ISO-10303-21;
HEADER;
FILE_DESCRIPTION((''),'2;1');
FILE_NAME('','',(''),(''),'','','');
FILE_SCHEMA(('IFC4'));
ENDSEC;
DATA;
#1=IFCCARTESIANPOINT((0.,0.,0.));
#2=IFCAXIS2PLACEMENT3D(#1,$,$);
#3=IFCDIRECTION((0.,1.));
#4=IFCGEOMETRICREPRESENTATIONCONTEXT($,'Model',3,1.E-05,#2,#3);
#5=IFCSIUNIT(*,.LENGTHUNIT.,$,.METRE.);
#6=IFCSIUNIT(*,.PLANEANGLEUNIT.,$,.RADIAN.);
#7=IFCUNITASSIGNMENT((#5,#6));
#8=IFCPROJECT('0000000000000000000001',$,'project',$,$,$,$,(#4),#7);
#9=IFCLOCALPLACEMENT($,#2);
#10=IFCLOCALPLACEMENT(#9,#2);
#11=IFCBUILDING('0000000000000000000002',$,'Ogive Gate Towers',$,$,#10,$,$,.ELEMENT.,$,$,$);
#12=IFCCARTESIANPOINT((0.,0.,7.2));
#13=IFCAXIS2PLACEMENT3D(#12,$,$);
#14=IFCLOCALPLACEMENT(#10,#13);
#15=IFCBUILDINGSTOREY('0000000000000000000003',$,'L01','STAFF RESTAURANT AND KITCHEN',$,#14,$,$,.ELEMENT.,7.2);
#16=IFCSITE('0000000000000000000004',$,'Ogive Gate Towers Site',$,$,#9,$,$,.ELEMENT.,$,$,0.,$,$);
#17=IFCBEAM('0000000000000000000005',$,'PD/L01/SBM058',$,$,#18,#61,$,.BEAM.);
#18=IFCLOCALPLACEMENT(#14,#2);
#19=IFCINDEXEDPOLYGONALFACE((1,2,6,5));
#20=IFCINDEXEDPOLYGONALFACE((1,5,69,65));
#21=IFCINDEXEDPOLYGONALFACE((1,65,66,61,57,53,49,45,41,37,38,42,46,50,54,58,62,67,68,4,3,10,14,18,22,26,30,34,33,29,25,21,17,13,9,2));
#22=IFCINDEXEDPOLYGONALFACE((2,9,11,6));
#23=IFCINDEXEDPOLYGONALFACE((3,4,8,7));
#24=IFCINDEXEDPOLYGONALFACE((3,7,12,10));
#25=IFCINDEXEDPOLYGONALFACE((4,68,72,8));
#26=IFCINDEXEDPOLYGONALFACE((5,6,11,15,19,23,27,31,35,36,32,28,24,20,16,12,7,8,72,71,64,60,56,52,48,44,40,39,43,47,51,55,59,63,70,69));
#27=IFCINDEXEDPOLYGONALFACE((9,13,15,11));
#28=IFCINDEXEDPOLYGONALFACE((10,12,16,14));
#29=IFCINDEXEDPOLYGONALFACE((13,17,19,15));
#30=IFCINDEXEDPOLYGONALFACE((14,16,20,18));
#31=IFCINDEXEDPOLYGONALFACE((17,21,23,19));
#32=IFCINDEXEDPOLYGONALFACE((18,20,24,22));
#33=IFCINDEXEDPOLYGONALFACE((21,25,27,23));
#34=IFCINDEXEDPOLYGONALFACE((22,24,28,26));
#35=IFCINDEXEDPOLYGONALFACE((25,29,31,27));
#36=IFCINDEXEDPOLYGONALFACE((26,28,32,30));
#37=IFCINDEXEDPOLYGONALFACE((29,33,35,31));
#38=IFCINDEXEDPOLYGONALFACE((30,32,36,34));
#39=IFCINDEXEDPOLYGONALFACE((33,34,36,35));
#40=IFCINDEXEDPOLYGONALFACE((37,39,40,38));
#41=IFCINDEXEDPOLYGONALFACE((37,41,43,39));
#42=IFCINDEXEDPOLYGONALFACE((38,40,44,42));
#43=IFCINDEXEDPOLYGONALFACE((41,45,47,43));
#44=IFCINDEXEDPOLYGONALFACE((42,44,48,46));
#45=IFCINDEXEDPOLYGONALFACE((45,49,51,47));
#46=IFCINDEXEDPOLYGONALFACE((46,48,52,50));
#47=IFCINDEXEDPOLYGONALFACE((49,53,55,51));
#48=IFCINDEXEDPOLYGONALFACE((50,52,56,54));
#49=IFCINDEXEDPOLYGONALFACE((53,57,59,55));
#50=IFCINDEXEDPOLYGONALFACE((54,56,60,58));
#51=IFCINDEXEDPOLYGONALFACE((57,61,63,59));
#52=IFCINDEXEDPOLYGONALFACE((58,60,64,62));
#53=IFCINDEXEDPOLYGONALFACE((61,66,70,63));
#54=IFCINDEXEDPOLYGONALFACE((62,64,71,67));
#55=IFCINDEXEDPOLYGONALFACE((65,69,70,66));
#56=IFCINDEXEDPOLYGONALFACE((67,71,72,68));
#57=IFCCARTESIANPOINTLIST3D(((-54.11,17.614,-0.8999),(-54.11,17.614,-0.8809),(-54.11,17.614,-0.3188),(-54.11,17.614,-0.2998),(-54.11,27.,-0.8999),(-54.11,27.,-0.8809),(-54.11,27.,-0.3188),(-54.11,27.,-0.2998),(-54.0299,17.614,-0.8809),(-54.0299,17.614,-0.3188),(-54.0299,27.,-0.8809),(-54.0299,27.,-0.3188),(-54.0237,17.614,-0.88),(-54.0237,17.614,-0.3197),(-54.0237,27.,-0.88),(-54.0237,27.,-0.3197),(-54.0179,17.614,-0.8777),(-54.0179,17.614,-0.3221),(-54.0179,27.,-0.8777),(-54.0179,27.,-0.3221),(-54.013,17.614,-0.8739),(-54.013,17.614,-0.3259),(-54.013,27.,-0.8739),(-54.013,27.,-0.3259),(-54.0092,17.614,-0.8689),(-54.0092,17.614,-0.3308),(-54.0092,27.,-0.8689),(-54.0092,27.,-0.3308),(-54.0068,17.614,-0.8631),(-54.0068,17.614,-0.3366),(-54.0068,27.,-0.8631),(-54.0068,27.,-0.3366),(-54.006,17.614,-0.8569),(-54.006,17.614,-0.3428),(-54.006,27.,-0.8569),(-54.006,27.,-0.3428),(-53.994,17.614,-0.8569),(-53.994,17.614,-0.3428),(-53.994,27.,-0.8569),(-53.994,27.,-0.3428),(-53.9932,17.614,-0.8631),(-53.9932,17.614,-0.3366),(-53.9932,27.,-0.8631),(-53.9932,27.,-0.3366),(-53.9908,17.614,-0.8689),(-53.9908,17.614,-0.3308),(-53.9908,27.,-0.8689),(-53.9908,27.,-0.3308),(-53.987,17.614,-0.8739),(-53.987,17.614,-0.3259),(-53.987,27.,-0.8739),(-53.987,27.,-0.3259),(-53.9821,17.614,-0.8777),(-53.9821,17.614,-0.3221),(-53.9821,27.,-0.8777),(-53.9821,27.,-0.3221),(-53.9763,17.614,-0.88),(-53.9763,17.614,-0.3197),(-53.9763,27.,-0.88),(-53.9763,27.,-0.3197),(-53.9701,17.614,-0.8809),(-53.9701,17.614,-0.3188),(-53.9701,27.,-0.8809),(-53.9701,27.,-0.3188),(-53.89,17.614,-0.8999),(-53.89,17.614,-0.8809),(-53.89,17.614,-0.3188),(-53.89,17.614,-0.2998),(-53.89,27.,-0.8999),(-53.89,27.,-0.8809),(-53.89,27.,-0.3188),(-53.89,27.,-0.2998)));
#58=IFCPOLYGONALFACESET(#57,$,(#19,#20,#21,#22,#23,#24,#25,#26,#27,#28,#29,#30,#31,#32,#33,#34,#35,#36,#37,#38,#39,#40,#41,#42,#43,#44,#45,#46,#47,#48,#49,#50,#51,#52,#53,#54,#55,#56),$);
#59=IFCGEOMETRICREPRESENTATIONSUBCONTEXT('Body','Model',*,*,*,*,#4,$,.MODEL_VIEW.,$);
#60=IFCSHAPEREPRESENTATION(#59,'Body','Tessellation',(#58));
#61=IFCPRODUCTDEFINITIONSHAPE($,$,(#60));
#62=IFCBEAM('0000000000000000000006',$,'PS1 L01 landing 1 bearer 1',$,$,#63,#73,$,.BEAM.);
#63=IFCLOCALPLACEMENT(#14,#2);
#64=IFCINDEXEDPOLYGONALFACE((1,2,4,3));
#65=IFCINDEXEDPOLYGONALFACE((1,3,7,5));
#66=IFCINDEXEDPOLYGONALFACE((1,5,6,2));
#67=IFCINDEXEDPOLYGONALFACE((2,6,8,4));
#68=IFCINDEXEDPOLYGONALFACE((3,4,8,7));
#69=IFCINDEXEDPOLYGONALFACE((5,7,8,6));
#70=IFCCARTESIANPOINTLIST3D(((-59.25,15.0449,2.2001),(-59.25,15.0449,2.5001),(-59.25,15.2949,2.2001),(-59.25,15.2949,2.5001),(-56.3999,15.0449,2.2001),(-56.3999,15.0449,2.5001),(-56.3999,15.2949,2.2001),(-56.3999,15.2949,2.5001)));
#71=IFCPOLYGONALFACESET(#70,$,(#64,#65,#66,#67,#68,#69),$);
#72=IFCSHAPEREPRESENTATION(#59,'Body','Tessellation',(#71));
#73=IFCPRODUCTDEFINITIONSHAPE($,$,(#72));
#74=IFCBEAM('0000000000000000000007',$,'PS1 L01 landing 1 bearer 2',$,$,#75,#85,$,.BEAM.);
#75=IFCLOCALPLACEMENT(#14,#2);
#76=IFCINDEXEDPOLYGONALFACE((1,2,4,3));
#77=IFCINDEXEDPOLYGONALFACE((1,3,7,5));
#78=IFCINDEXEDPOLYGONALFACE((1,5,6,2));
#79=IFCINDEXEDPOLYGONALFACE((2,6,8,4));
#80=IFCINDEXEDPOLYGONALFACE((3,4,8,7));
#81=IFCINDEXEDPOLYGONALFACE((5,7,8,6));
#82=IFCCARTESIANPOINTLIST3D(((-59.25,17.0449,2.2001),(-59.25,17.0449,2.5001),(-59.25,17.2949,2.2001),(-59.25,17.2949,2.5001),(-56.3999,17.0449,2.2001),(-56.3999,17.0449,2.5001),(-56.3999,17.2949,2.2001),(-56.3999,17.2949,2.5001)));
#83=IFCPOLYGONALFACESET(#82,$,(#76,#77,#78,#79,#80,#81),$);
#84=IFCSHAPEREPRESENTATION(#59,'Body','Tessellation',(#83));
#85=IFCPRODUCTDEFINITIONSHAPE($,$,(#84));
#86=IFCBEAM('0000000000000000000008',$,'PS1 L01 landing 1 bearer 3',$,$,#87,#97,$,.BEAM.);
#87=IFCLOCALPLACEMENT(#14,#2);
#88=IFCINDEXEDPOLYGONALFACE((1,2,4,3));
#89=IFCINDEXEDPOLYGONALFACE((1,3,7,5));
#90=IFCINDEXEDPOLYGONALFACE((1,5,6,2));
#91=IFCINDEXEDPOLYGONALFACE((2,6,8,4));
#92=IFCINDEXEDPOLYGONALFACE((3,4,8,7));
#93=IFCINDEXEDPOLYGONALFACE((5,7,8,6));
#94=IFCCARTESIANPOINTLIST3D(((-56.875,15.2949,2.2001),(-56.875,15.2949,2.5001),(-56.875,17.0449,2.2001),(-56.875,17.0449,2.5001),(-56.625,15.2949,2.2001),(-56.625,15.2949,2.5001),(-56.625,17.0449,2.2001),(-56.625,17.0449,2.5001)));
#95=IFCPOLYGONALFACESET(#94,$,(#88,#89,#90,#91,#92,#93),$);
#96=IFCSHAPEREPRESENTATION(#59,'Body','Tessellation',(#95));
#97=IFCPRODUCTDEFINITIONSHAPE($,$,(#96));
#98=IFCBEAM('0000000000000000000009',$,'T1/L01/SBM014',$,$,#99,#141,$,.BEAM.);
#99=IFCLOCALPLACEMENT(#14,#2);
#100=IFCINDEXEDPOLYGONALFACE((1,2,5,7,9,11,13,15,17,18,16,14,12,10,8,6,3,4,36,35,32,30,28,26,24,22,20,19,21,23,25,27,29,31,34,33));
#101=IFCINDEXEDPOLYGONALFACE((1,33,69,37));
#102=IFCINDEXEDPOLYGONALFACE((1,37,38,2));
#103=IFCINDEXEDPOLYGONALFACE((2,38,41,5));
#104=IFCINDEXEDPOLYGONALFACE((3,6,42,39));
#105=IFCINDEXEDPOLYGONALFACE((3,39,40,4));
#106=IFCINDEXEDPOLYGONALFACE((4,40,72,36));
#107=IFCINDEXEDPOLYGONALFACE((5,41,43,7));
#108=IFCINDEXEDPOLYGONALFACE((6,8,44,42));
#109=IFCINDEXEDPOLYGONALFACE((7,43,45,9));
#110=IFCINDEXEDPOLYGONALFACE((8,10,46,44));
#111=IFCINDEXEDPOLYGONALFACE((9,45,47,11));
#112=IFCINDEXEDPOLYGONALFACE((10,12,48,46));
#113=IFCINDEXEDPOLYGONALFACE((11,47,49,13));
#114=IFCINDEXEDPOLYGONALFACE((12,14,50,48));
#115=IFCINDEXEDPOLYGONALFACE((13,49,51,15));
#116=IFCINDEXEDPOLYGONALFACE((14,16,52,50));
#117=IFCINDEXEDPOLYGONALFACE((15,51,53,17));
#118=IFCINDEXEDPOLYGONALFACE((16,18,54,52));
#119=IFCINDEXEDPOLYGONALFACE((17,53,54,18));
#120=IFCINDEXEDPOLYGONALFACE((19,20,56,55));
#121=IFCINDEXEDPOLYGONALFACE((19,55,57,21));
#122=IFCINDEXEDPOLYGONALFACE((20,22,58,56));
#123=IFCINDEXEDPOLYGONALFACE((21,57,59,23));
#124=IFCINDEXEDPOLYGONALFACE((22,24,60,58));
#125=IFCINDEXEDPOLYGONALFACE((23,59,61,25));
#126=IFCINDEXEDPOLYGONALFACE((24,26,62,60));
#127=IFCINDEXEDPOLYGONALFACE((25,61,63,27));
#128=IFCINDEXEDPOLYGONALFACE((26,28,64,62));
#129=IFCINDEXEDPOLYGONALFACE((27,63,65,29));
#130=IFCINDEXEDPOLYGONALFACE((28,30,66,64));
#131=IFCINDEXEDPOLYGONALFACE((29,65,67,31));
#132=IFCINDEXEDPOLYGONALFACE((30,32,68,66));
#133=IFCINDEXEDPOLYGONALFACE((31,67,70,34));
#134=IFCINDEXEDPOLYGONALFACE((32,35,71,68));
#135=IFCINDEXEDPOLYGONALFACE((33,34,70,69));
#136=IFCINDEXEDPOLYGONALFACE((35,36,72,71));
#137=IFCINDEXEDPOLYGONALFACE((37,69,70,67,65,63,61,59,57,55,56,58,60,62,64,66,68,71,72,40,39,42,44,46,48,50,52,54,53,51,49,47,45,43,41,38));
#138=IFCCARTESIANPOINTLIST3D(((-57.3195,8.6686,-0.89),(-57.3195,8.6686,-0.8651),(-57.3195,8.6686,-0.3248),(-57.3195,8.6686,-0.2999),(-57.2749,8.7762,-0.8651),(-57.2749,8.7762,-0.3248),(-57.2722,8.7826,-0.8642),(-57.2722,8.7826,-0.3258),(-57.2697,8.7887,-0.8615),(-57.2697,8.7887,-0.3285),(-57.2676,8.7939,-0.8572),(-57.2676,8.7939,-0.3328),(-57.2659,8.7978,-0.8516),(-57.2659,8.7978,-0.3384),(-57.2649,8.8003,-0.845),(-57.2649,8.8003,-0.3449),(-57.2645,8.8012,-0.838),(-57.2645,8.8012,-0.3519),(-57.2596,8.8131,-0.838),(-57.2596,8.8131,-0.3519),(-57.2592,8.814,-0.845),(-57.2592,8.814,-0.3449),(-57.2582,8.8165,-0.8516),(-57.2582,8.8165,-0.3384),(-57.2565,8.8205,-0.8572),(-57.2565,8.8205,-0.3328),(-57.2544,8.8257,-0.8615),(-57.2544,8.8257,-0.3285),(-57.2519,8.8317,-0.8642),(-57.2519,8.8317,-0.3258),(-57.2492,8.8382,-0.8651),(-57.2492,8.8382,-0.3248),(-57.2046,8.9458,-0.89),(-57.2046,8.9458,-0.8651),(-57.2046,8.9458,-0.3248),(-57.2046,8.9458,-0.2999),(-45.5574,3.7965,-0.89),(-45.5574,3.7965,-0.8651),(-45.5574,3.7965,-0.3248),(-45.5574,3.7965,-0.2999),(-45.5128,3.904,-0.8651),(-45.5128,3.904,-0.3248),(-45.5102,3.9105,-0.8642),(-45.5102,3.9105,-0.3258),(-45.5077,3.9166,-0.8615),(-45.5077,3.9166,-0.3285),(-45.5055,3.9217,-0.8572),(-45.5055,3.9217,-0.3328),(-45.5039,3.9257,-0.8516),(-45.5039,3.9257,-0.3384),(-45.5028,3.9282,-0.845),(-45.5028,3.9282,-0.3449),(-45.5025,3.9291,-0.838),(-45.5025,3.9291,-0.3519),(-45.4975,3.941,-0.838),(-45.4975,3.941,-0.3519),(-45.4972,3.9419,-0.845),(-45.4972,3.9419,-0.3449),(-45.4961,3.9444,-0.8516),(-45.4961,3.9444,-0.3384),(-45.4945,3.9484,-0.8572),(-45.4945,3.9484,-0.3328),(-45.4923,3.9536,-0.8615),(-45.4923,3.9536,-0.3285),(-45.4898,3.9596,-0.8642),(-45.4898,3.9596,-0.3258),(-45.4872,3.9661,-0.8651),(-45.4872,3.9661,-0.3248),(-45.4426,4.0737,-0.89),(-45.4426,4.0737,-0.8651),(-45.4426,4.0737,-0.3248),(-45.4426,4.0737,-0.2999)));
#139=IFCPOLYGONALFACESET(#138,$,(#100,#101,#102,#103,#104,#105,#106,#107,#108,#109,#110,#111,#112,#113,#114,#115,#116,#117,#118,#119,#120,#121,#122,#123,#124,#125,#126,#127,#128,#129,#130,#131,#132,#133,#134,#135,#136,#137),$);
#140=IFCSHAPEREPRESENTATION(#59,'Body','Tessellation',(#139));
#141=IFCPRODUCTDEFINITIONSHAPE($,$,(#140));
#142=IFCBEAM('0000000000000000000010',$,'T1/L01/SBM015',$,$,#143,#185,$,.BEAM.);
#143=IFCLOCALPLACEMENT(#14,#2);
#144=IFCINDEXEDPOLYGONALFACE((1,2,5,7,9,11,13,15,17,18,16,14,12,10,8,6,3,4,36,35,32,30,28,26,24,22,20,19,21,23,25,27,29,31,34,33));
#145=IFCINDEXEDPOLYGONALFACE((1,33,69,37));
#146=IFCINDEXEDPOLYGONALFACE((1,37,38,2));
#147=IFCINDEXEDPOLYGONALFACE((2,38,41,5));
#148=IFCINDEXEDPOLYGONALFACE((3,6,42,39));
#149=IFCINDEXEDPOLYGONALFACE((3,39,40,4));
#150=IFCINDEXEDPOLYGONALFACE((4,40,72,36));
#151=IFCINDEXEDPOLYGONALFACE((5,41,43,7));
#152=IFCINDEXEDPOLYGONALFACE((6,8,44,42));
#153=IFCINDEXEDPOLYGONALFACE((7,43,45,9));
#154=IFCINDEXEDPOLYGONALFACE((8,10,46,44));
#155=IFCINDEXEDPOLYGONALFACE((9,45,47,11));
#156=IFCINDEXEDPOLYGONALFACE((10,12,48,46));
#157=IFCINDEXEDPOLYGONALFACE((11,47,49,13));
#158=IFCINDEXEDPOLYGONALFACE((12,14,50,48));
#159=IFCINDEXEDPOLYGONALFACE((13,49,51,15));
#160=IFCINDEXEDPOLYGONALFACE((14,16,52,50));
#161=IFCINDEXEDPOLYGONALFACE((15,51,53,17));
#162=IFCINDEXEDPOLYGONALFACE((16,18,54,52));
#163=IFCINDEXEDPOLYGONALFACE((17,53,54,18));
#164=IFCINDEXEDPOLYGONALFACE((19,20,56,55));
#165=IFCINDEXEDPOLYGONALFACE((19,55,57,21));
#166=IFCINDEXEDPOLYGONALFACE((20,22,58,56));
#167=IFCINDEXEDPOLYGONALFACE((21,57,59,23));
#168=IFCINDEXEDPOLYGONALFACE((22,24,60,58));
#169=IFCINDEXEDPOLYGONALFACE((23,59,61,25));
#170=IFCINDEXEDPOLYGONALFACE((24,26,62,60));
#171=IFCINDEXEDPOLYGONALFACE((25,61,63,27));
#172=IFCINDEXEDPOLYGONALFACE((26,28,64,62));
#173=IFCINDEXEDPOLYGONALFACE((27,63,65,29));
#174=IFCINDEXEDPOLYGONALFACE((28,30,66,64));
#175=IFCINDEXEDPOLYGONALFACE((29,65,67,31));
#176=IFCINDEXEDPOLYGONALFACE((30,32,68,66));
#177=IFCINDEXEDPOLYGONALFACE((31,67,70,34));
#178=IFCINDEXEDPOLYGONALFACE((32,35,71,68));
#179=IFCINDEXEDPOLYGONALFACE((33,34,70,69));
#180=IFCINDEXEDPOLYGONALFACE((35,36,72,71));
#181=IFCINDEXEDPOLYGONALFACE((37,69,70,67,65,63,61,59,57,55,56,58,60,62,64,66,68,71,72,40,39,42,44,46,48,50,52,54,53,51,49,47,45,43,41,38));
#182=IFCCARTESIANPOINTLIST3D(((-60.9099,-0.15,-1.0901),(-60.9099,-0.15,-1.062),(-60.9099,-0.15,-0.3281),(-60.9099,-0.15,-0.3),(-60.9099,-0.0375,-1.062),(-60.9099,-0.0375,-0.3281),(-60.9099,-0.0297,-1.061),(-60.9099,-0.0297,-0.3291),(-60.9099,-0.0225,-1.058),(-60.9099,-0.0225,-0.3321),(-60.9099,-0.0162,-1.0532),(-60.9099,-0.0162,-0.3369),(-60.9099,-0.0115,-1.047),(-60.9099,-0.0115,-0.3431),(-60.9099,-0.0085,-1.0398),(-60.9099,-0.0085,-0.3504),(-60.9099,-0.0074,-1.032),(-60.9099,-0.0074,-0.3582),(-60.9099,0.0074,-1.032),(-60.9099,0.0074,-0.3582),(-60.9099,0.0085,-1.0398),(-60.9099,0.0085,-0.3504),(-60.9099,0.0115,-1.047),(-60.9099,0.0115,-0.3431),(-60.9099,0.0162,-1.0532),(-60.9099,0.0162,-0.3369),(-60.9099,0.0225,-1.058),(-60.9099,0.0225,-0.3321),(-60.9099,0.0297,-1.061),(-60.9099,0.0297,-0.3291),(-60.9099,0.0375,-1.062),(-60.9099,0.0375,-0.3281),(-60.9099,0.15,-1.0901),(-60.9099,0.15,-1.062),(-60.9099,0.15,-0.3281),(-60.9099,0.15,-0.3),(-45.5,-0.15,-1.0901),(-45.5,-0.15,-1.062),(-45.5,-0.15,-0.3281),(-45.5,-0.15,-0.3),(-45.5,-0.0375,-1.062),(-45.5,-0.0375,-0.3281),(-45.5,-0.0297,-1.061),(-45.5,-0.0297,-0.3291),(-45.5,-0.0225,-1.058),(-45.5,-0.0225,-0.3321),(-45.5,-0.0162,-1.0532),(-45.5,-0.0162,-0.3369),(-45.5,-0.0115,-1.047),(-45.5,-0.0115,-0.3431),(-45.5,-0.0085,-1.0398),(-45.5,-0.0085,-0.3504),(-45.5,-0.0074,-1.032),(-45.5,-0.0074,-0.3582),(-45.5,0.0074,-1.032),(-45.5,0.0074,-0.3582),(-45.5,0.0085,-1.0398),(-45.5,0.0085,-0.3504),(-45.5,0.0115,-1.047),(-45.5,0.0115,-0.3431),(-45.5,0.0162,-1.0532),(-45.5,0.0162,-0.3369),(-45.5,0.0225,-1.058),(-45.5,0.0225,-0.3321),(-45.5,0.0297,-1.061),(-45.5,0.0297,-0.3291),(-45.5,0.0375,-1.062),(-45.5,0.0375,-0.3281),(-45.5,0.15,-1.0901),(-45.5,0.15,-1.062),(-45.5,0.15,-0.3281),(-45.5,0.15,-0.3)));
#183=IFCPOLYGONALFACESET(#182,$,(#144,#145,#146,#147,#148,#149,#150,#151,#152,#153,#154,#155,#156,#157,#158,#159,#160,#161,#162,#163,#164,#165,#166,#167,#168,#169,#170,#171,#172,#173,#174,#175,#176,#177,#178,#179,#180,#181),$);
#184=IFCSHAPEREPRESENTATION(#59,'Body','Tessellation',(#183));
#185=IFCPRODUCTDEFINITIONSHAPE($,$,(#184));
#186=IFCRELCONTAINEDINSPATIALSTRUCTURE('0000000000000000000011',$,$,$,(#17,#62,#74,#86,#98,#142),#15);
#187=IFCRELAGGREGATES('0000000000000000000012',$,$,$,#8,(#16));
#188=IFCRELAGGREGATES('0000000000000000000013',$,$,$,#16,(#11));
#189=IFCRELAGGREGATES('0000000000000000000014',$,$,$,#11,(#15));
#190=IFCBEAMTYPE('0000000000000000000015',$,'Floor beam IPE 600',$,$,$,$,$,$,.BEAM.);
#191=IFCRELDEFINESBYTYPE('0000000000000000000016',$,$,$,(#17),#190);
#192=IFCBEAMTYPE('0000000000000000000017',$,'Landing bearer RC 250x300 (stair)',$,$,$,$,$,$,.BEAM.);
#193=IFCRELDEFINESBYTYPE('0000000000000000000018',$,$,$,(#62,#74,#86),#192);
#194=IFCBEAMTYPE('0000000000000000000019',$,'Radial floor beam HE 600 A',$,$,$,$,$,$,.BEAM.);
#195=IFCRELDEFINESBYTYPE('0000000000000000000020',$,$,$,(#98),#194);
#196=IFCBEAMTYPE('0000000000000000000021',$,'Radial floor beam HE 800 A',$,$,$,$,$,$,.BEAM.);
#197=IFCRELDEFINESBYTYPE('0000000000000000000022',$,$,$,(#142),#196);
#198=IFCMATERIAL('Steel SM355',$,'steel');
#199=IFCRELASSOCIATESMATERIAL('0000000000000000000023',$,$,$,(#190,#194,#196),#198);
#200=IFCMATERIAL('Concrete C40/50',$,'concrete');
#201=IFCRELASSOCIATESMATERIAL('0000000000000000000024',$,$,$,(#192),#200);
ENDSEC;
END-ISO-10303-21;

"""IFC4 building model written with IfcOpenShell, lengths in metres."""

from ifc_helpers import new_model, si_unit, direction, frame, origin, origin_2d, place, context, subcontext, project, spatial, rectangle, i_section, extrude, material, material_profile, profile_set, type_object, element, save


model = new_model("IFC4")

# Units and contexts
model_context = context("Model", 3, precision=1e-05, world=origin(), true_north=direction((0.0, 1.0)))
body_context = subcontext(model_context, "Body", "Model", "MODEL_VIEW")
ifc_project = project(units=[si_unit("LENGTHUNIT", "METRE"), si_unit("PLANEANGLEUNIT", "RADIAN")], contexts=[model_context])

# Site, building, storey
site_placement = place(None, origin())
site = spatial("IfcSite", under=ifc_project, at=site_placement, Name="Ogive Gate Towers Site", CompositionType="ELEMENT", RefElevation=0.0)
building_placement = place(site_placement, origin())
building = spatial("IfcBuilding", under=site, at=building_placement, Name="Ogive Gate Towers", CompositionType="ELEMENT")
storey_placement = place(building_placement, frame((0.0, 0.0, 7.2)))
storey = spatial("IfcBuildingStorey", under=building, at=storey_placement, Name="L01", Description="STAFF RESTAURANT AND KITCHEN", CompositionType="ELEMENT", Elevation=7.2)

# Beams
ifc_material_1 = material(Name="Steel SM355", Category="steel")
ifc_material_profile_1 = material_profile(ifc_material_1, i_section(OverallWidth=0.22, OverallDepth=0.6001, WebThickness=0.012, FlangeThickness=0.019, FilletRadius=0.0239, at=origin_2d()), Name="IPE 600")
ifc_profile_set_1 = profile_set([ifc_material_profile_1], Name="Steel SM355")
beam_type_1 = type_object("IfcBeamType", Name="Floor beam IPE 600", PredefinedType="BEAM", material=ifc_profile_set_1)
beam_1_placement = place(storey_placement, frame((-54.0, 17.614, -0.5999), z_axis=(0.0, 1.0, 0.0), x_axis=(-1.0, 0.0, 0.0)))
element("IfcBeam", 1, at=beam_1_placement, inside=storey, type_object=beam_type_1, Name="PD/L01/SBM058", PredefinedType="BEAM", context=body_context, shape_type="SweptSolid", body=[
    extrude(i_section(OverallWidth=0.22, OverallDepth=0.6001, WebThickness=0.012, FlangeThickness=0.019, FilletRadius=0.0239, at=origin_2d()), origin(), (0.0, 0.0, 1.0), 9.386),
])
ifc_material_2 = material(Name="Concrete C40/50", Category="concrete")
ifc_material_profile_2 = material_profile(ifc_material_2, rectangle(XDim=0.25, YDim=0.3, at=origin_2d()), Name="RC 250x300")
ifc_profile_set_2 = profile_set([ifc_material_profile_2], Name="Concrete C40/50")
beam_type_2 = type_object("IfcBeamType", Name="Landing bearer RC 250x300 (stair)", PredefinedType="BEAM", material=ifc_profile_set_2)
for number, where, z_axis, x_axis, name in (
    (2, (-56.3999, 15.1699, 2.3501), (-1.0, 0.0, 0.0), (0.0, -1.0, 0.0), "PS1 L01 landing 1 bearer 1"),
    (3, (-56.3999, 17.1699, 2.3501), (-1.0, 0.0, 0.0), (0.0, -1.0, 0.0), "PS1 L01 landing 1 bearer 2"),
):
    element("IfcBeam", number, at=place(storey_placement, frame(where, z_axis=z_axis, x_axis=x_axis)), inside=storey, type_object=beam_type_2, Name=name, PredefinedType="BEAM", context=body_context, shape_type="SweptSolid", body=[
        extrude(rectangle(XDim=0.25, YDim=0.3, at=origin_2d()), origin(), (0.0, 0.0, 1.0), 2.8501),
    ])
beam_2_placement = place(storey_placement, frame((-56.75, 15.2949, 2.3501), z_axis=(0.0, 1.0, 0.0), x_axis=(-1.0, 0.0, 0.0)))
element("IfcBeam", 4, at=beam_2_placement, inside=storey, type_object=beam_type_2, Name="PS1 L01 landing 1 bearer 3", PredefinedType="BEAM", context=body_context, shape_type="SweptSolid", body=[
    extrude(rectangle(XDim=0.25, YDim=0.3, at=origin_2d()), origin(), (0.0, 0.0, 1.0), 1.75),
])
ifc_material_profile_3 = material_profile(ifc_material_1, i_section(OverallWidth=0.3, OverallDepth=0.5901, WebThickness=0.0129, FlangeThickness=0.0249, FilletRadius=0.0271, at=origin_2d()), Name="HE 600 A")
ifc_profile_set_3 = profile_set([ifc_material_profile_3], Name="Steel SM355")
beam_type_3 = type_object("IfcBeamType", Name="Radial floor beam HE 600 A", PredefinedType="BEAM", material=ifc_profile_set_3)
beam_3_placement = place(storey_placement, frame((-45.5, 3.9351, -0.595), z_axis=(-0.923877, 0.382691, 0.0), x_axis=(-0.382691, -0.923877, 0.0)))
element("IfcBeam", 5, at=beam_3_placement, inside=storey, type_object=beam_type_3, Name="T1/L01/SBM014", PredefinedType="BEAM", context=body_context, shape_type="SweptSolid", body=[
    extrude(i_section(OverallWidth=0.3, OverallDepth=0.5901, WebThickness=0.0129, FlangeThickness=0.0249, FilletRadius=0.0271, at=origin_2d()), origin(), (0.0, 0.0, 1.0), 12.7312),
])
ifc_material_profile_4 = material_profile(ifc_material_1, i_section(OverallWidth=0.3, OverallDepth=0.79, WebThickness=0.0149, FlangeThickness=0.0281, FilletRadius=0.03, at=origin_2d()), Name="HE 800 A")
ifc_profile_set_4 = profile_set([ifc_material_profile_4], Name="Steel SM355")
beam_type_4 = type_object("IfcBeamType", Name="Radial floor beam HE 800 A", PredefinedType="BEAM", material=ifc_profile_set_4)
beam_4_placement = place(storey_placement, frame((-45.5, 0.0, -0.6951), z_axis=(-1.0, 0.0, 0.0), x_axis=(0.0, -1.0, 0.0)))
element("IfcBeam", 6, at=beam_4_placement, inside=storey, type_object=beam_type_4, Name="T1/L01/SBM015", PredefinedType="BEAM", context=body_context, shape_type="SweptSolid", body=[
    extrude(i_section(OverallWidth=0.3, OverallDepth=0.79, WebThickness=0.0149, FlangeThickness=0.0281, FilletRadius=0.03, at=origin_2d()), origin(), (0.0, 0.0, 1.0), 15.4099),
])

save(model, "model.ifc")
